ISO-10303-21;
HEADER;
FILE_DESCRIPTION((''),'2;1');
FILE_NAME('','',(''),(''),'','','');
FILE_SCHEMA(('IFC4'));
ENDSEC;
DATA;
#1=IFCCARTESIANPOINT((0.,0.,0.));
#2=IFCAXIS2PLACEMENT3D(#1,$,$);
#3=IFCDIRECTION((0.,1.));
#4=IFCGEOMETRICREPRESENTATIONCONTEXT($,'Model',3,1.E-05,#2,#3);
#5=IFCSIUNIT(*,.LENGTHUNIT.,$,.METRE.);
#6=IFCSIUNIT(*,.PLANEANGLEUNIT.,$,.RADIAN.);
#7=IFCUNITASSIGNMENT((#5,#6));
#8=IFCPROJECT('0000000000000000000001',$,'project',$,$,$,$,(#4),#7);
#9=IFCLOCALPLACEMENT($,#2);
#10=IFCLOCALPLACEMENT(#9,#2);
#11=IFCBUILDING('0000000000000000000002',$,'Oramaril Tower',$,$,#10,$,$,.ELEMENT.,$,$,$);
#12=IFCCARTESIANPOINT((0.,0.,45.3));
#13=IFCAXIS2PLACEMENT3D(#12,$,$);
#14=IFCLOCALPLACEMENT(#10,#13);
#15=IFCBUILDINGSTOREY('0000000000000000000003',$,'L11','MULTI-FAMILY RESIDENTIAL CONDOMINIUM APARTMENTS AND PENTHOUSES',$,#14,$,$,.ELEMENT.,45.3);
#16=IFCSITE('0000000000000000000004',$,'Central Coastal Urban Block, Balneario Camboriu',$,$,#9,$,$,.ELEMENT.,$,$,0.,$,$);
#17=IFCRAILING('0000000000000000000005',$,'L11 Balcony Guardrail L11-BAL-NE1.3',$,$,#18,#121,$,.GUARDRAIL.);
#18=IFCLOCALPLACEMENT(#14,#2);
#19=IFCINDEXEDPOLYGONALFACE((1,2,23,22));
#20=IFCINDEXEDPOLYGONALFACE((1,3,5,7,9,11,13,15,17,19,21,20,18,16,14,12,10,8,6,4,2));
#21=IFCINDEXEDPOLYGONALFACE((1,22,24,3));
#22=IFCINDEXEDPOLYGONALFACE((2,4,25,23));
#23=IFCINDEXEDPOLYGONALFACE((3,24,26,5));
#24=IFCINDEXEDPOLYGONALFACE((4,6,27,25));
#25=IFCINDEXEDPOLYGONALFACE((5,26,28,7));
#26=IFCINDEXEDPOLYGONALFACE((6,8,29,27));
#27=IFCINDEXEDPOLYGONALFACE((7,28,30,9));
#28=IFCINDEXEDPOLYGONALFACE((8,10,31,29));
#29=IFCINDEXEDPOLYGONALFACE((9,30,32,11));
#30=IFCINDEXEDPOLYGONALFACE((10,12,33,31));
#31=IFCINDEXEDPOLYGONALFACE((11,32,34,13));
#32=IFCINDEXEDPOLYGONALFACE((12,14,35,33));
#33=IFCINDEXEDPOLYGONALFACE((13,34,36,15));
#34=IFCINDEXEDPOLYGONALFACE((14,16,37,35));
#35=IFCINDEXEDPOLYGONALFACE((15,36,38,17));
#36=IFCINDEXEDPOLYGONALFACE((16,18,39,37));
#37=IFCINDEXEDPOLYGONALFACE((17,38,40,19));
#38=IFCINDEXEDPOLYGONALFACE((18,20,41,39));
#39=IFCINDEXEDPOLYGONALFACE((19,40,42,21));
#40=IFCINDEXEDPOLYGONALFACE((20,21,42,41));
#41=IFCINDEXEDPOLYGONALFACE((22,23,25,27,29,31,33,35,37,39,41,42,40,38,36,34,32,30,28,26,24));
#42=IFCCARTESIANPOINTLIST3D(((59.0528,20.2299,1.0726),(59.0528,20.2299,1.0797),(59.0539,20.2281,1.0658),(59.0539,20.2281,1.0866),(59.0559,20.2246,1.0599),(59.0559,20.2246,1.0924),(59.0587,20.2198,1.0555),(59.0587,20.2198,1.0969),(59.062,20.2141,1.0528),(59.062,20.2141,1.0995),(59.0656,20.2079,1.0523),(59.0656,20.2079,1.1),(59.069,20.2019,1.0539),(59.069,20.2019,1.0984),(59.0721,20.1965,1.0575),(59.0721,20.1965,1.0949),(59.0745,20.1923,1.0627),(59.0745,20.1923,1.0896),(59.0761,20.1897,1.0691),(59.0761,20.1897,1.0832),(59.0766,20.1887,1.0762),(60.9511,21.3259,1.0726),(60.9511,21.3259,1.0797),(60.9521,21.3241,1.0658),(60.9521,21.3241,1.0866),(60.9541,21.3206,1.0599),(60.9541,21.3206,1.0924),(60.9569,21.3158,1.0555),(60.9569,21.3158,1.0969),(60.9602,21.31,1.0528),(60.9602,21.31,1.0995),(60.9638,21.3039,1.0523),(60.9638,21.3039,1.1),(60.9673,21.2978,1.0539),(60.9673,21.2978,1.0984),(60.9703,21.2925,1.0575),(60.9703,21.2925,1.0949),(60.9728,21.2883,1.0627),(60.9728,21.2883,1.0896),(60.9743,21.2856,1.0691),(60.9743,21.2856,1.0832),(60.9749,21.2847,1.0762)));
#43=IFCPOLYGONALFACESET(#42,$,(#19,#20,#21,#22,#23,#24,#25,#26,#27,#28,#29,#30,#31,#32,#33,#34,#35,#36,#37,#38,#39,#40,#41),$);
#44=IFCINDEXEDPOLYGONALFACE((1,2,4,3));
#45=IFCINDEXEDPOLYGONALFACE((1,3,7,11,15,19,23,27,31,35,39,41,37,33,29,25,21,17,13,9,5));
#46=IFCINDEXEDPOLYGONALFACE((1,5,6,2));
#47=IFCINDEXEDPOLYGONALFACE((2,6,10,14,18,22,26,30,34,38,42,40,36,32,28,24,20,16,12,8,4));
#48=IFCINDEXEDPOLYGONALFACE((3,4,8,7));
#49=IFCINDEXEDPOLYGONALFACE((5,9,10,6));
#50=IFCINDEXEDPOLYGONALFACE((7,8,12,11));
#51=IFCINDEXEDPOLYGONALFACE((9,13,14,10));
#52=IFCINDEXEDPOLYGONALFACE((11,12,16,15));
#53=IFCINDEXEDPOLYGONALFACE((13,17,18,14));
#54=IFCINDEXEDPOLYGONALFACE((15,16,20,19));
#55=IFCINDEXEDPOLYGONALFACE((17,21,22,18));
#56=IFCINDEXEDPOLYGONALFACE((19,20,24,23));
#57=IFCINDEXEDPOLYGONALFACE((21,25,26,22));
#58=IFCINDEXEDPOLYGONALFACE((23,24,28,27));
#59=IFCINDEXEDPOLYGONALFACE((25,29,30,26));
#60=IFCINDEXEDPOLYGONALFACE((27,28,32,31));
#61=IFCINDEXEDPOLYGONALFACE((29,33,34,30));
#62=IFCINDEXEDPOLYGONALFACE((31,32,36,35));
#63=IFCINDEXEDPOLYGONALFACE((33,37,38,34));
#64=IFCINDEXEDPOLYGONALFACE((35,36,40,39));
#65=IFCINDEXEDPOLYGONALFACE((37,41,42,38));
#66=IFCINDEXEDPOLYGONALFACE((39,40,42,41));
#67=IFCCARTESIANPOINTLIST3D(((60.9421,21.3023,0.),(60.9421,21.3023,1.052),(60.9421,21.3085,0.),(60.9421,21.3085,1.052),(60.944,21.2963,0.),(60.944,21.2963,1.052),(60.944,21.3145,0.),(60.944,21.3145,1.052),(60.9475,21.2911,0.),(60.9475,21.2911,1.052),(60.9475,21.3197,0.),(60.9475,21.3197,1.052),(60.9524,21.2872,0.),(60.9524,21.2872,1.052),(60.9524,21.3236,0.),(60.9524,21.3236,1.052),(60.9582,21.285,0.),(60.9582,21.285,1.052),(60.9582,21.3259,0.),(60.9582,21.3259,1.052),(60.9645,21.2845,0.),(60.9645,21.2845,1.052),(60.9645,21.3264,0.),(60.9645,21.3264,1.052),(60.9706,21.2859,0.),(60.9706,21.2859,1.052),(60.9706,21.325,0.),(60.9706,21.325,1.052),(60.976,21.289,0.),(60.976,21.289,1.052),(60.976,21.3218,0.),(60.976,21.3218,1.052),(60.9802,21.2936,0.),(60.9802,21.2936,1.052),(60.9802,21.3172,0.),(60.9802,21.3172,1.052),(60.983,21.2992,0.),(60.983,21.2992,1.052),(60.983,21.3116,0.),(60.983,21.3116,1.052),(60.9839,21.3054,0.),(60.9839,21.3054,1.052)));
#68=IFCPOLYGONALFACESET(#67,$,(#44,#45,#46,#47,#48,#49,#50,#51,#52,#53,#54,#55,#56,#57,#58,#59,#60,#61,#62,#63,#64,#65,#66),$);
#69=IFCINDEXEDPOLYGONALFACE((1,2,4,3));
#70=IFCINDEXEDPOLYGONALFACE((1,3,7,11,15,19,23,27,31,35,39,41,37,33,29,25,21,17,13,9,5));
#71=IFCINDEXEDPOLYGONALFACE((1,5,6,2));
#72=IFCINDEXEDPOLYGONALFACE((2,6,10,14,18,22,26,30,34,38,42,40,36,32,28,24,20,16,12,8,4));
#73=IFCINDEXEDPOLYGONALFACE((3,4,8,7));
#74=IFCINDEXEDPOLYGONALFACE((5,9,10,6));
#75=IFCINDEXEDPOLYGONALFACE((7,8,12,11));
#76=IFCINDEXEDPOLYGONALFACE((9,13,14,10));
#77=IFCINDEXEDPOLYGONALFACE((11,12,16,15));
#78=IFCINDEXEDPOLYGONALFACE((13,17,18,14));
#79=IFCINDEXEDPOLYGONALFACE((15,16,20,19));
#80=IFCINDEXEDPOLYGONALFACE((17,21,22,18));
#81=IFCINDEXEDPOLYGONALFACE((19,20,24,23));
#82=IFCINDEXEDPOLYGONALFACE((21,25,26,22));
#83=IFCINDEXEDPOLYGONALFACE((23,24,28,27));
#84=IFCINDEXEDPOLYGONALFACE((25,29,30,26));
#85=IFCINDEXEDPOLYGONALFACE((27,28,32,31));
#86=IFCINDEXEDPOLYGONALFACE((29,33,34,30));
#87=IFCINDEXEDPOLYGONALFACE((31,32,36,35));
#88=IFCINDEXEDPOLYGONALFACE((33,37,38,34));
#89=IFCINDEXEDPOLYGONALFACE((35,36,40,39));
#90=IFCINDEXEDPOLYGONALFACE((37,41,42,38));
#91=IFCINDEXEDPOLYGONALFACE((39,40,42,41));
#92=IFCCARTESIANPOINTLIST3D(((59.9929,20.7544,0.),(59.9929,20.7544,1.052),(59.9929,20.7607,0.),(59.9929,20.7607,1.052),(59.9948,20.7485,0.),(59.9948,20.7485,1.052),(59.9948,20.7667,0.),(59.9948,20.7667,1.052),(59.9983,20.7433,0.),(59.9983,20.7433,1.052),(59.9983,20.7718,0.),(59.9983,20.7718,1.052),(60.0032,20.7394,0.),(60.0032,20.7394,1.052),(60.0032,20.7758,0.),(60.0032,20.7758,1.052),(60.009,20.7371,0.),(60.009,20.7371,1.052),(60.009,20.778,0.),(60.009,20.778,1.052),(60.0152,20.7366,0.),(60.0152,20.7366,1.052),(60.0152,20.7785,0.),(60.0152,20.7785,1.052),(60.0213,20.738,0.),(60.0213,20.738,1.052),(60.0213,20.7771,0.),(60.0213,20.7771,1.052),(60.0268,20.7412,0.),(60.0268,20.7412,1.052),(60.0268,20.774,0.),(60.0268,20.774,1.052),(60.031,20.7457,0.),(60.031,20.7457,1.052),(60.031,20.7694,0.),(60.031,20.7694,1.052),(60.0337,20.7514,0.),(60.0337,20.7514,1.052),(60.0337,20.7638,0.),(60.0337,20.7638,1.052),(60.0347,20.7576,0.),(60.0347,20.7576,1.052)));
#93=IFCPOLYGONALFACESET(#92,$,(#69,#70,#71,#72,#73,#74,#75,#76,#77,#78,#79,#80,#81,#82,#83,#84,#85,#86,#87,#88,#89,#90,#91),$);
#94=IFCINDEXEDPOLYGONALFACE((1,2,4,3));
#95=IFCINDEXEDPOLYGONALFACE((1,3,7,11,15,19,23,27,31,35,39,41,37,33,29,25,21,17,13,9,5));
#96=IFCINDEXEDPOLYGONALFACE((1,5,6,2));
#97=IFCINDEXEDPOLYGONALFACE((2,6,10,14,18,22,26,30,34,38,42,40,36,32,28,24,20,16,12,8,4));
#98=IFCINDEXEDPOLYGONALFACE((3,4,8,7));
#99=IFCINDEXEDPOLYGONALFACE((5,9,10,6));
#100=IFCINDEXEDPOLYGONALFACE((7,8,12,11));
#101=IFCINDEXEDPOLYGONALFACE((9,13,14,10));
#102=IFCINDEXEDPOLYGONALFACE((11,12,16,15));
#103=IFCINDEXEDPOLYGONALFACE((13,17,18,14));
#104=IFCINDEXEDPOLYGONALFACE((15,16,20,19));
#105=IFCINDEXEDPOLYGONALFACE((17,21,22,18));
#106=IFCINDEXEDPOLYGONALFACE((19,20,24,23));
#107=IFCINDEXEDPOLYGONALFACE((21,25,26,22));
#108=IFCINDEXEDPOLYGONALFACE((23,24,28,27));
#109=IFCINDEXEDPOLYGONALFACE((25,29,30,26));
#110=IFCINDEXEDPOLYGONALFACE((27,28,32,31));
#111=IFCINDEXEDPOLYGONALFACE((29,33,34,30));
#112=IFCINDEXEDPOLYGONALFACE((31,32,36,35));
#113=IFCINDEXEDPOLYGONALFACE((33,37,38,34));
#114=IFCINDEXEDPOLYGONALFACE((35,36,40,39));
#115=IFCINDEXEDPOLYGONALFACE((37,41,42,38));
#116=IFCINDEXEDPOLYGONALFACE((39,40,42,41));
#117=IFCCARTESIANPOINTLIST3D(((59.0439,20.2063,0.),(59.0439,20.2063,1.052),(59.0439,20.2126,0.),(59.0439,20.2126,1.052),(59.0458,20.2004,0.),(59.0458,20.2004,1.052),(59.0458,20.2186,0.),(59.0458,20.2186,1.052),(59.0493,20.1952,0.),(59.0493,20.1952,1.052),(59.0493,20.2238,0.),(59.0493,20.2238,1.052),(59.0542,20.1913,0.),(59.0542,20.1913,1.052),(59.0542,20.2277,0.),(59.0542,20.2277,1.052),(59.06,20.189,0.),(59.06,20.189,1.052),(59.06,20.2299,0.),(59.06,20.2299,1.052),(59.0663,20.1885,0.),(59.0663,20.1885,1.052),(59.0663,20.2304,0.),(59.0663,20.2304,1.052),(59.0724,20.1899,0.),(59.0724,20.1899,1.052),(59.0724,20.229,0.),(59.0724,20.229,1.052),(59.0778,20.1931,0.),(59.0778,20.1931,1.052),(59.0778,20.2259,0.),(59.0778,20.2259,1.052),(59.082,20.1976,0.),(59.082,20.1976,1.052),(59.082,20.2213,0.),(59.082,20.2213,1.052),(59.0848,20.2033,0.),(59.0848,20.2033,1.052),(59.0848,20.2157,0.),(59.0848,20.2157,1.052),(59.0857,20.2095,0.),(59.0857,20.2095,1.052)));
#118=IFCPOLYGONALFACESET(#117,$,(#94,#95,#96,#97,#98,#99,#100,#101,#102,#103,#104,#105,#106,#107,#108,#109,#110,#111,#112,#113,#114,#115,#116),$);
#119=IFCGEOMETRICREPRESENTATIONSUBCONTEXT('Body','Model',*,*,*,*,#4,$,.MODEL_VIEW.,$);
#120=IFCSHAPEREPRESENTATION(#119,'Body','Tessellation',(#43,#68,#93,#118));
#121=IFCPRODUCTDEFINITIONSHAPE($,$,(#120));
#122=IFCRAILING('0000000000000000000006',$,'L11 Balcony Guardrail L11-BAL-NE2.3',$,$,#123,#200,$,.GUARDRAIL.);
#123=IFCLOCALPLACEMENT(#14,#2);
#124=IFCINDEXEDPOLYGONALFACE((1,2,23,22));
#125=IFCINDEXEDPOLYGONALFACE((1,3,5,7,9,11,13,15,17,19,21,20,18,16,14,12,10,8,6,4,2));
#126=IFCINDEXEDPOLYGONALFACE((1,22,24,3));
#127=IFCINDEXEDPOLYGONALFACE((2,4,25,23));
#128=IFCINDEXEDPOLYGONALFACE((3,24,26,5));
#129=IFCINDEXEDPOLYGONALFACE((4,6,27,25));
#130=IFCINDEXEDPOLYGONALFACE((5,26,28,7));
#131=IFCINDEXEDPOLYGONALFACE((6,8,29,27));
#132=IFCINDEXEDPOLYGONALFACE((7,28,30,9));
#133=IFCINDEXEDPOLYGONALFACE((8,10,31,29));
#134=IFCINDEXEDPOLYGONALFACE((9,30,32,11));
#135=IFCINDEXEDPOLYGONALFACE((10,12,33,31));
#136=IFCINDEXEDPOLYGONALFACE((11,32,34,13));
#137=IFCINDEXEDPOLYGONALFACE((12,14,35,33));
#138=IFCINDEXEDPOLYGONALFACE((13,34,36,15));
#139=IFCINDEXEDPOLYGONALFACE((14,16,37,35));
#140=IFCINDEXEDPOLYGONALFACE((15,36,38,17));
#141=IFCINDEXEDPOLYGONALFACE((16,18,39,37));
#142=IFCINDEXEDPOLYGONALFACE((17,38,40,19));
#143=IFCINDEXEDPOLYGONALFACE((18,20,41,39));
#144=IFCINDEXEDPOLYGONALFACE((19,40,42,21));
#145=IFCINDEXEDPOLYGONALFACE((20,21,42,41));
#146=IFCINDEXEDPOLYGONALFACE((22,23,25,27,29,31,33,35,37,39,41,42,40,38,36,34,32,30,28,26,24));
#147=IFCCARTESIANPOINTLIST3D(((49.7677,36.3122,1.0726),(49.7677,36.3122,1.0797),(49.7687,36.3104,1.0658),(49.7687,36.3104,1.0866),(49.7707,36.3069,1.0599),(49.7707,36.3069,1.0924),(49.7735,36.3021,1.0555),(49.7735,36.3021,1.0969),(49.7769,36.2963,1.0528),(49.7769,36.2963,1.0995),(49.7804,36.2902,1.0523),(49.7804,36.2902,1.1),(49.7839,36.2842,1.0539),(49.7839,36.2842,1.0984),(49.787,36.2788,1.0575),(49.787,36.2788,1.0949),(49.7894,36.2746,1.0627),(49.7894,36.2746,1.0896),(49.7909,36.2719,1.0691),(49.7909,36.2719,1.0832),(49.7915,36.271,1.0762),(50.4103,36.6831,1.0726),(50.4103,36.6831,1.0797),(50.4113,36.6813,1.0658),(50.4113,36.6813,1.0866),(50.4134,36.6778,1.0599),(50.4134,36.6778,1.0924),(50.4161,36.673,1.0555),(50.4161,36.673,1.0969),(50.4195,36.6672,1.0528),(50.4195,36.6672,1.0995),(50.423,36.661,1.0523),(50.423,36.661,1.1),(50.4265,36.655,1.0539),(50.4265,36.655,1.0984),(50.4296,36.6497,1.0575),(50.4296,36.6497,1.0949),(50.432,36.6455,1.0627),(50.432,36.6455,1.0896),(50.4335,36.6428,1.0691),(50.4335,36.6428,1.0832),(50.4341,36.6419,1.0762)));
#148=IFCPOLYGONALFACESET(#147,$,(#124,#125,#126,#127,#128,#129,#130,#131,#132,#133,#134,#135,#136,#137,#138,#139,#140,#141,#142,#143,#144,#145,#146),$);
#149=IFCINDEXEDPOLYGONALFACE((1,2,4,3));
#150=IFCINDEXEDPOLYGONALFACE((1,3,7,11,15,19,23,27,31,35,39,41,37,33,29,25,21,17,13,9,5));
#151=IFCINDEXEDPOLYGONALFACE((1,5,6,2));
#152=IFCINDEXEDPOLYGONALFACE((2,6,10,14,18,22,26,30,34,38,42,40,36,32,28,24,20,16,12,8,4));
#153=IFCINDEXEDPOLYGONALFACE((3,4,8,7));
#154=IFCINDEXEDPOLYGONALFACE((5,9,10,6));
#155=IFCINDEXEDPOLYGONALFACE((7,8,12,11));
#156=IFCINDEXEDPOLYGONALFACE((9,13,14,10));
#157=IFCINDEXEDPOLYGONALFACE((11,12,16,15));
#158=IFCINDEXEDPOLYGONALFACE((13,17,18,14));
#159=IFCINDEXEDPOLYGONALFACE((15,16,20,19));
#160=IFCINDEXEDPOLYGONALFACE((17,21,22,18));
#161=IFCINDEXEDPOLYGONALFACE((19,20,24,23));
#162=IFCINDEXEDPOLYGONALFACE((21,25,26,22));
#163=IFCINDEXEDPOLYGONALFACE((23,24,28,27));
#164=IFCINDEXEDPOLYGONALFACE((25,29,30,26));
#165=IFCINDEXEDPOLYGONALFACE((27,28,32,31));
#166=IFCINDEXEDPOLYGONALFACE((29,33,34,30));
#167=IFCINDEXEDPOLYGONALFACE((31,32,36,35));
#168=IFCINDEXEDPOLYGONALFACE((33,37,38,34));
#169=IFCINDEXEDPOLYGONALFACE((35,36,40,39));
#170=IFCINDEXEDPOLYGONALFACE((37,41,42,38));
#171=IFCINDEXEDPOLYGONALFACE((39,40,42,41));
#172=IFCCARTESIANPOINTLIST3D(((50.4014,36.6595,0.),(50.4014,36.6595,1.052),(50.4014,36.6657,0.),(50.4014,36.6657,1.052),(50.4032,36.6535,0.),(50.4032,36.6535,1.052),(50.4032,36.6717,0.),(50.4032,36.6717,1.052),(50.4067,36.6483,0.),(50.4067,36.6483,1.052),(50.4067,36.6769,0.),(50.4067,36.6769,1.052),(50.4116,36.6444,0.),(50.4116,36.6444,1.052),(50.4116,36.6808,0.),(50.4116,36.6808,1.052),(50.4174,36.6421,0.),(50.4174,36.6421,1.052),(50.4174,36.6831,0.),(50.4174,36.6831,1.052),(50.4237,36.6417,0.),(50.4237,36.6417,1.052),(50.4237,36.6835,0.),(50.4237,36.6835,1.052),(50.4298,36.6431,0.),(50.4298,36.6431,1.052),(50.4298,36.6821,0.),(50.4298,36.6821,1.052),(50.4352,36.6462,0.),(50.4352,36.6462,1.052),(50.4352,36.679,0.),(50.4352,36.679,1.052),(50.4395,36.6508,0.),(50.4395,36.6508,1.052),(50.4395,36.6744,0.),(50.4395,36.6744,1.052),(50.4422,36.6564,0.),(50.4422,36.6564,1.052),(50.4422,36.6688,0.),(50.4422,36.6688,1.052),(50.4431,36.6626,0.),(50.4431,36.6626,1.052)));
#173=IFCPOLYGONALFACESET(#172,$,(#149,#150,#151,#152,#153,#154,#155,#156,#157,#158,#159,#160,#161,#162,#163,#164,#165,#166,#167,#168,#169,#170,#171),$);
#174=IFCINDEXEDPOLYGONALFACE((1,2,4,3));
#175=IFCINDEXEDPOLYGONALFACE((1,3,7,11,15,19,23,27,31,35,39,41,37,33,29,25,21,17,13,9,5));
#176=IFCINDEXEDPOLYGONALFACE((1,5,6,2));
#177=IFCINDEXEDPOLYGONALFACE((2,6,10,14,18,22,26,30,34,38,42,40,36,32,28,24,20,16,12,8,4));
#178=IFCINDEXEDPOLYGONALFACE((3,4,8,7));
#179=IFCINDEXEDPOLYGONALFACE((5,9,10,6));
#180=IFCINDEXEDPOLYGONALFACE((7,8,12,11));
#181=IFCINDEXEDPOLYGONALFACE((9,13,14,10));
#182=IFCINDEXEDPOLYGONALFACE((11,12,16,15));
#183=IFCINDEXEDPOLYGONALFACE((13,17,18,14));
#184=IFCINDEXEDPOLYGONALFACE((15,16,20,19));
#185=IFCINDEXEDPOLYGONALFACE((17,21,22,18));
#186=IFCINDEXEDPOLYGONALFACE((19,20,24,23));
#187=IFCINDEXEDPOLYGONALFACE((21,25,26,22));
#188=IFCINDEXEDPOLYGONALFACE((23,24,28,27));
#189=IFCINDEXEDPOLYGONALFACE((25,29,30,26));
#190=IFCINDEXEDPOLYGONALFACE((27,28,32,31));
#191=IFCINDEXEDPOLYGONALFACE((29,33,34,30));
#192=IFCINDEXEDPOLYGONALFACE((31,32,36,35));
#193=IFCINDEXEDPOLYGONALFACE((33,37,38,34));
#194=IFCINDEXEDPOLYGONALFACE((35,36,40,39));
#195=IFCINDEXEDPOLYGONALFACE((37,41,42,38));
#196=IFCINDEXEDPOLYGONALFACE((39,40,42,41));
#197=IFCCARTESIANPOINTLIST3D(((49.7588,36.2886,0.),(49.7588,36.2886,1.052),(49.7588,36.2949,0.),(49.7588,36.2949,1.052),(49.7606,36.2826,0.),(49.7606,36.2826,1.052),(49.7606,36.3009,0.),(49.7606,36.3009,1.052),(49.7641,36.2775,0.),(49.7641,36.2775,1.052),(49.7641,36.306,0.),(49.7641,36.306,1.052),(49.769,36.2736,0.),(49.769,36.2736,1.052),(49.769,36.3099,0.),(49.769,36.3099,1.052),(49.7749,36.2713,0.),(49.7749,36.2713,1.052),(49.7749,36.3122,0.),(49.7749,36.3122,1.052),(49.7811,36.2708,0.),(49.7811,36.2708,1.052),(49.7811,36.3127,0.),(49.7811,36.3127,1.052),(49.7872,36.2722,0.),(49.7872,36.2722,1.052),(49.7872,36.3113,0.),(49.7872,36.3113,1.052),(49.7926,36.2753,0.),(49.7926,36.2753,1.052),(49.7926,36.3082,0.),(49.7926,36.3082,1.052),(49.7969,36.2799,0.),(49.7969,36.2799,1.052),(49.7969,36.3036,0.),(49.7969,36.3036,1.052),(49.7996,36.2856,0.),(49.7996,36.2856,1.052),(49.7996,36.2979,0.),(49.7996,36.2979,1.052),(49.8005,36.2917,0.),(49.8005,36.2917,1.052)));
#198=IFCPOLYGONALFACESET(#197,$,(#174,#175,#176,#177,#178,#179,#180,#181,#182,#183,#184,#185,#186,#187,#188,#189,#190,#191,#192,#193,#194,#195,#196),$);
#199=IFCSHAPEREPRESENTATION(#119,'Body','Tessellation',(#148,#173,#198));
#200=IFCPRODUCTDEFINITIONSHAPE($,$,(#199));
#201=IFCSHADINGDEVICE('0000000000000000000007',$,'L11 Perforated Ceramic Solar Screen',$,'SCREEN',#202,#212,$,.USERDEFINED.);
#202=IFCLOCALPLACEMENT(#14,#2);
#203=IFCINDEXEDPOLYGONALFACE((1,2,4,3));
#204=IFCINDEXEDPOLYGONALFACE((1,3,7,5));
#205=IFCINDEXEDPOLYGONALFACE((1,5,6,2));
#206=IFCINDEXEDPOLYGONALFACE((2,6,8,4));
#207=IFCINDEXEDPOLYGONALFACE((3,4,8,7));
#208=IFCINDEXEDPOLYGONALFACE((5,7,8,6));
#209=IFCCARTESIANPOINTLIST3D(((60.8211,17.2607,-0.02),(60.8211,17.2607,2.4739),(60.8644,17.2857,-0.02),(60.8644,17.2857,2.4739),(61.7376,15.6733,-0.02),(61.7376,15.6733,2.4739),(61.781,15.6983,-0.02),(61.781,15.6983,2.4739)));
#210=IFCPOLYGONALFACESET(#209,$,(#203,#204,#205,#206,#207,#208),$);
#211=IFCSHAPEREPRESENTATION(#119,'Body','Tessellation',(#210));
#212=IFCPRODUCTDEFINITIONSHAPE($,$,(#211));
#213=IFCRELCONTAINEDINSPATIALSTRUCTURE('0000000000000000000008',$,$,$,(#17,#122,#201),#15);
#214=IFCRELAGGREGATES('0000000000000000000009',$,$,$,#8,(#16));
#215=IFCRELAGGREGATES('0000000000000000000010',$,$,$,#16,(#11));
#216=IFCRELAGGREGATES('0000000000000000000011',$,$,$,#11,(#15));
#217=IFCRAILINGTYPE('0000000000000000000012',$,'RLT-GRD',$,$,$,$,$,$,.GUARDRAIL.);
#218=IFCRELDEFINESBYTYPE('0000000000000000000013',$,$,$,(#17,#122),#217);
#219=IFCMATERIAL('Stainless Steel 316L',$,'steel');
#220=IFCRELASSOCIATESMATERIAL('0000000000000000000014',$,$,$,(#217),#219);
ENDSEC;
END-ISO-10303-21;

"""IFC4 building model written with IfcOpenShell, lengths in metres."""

from ifc_helpers import new_model, si_unit, direction, frame, origin, origin_2d, place, context, subcontext, project, spatial, rectangle, circle, extrude, material, type_object, element, save


model = new_model("IFC4")

# Units and contexts
model_context = context("Model", 3, precision=1e-05, world=origin(), true_north=direction((0.0, 1.0)))
body_context = subcontext(model_context, "Body", "Model", "MODEL_VIEW")
ifc_project = project(units=[si_unit("LENGTHUNIT", "METRE"), si_unit("PLANEANGLEUNIT", "RADIAN")], contexts=[model_context])

# Site, building, storey
site_placement = place(None, origin())
site = spatial("IfcSite", under=ifc_project, at=site_placement, Name="Central Coastal Urban Block, Balneario Camboriu", CompositionType="ELEMENT", RefElevation=0.0)
building_placement = place(site_placement, origin())
building = spatial("IfcBuilding", under=site, at=building_placement, Name="Oramaril Tower", CompositionType="ELEMENT")
storey_placement = place(building_placement, frame((0.0, 0.0, 45.3)))
storey = spatial("IfcBuildingStorey", under=building, at=storey_placement, Name="L11", Description="MULTI-FAMILY RESIDENTIAL CONDOMINIUM APARTMENTS AND PENTHOUSES", CompositionType="ELEMENT", Elevation=45.3)

# Railings
ifc_material_1 = material(Name="Stainless Steel 316L", Category="steel")
railing_type = type_object("IfcRailingType", Name="RLT-GRD", PredefinedType="GUARDRAIL", material=ifc_material_1)
railing_1_placement = place(storey_placement, frame((60.9629, 21.3054, 0.0)))
element("IfcRailing", 1, at=railing_1_placement, inside=storey, type_object=railing_type, Name="L11 Balcony Guardrail L11-BAL-NE1.3", PredefinedType="GUARDRAIL", context=body_context, shape_type="SweptSolid", body=[
    extrude(circle(Radius=0.0239, at=origin_2d()), frame((0.0, 0.0, 1.0762), z_axis=(-0.866021, -0.500008, 0.0), x_axis=(0.500008, -0.866021, 0.0)), (0.0, 0.0, 1.0), 2.1919),
    extrude(circle(Radius=0.021, at=origin_2d()), origin(), (0.0, 0.0, 1.0), 1.052),
    extrude(circle(Radius=0.021, at=origin_2d()), frame((-0.9492, -0.5479, 0.0)), (0.0, 0.0, 1.0), 1.052),
    extrude(circle(Radius=0.021, at=origin_2d()), frame((-1.8982, -1.0959, 0.0)), (0.0, 0.0, 1.0), 1.052),
])
railing_2_placement = place(storey_placement, frame((50.4221, 36.6626, 0.0)))
element("IfcRailing", 2, at=railing_2_placement, inside=storey, type_object=railing_type, Name="L11 Balcony Guardrail L11-BAL-NE2.3", PredefinedType="GUARDRAIL", context=body_context, shape_type="SweptSolid", body=[
    extrude(circle(Radius=0.0239, at=origin_2d()), frame((0.0, 0.0, 1.0762), z_axis=(-0.866109, -0.499855, 0.0), x_axis=(0.499855, -0.866109, 0.0)), (0.0, 0.0, 1.0), 0.7419),
    extrude(circle(Radius=0.021, at=origin_2d()), origin(), (0.0, 0.0, 1.0), 1.052),
    extrude(circle(Radius=0.021, at=origin_2d()), frame((-0.6426, -0.3708, 0.0)), (0.0, 0.0, 1.0), 1.052),
])

# Shading device
for number, where, z_axis, x_axis, name in (
    (3, (61.301, 16.4795, -0.02), (0.0, 0.0, 1.0), (-0.500002, 0.866025, 0.0), "L11 Perforated Ceramic Solar Screen"),
):
    element("IfcShadingDevice", number, at=place(storey_placement, frame(where, z_axis=z_axis, x_axis=x_axis)), inside=storey, Name=name, ObjectType="SCREEN", PredefinedType="USERDEFINED", context=body_context, shape_type="SweptSolid", body=[
        extrude(rectangle(XDim=1.833, YDim=0.05, at=origin_2d()), origin(), (0.0, 0.0, 1.0), 2.4939),
    ])

save(model, "model.ifc")
